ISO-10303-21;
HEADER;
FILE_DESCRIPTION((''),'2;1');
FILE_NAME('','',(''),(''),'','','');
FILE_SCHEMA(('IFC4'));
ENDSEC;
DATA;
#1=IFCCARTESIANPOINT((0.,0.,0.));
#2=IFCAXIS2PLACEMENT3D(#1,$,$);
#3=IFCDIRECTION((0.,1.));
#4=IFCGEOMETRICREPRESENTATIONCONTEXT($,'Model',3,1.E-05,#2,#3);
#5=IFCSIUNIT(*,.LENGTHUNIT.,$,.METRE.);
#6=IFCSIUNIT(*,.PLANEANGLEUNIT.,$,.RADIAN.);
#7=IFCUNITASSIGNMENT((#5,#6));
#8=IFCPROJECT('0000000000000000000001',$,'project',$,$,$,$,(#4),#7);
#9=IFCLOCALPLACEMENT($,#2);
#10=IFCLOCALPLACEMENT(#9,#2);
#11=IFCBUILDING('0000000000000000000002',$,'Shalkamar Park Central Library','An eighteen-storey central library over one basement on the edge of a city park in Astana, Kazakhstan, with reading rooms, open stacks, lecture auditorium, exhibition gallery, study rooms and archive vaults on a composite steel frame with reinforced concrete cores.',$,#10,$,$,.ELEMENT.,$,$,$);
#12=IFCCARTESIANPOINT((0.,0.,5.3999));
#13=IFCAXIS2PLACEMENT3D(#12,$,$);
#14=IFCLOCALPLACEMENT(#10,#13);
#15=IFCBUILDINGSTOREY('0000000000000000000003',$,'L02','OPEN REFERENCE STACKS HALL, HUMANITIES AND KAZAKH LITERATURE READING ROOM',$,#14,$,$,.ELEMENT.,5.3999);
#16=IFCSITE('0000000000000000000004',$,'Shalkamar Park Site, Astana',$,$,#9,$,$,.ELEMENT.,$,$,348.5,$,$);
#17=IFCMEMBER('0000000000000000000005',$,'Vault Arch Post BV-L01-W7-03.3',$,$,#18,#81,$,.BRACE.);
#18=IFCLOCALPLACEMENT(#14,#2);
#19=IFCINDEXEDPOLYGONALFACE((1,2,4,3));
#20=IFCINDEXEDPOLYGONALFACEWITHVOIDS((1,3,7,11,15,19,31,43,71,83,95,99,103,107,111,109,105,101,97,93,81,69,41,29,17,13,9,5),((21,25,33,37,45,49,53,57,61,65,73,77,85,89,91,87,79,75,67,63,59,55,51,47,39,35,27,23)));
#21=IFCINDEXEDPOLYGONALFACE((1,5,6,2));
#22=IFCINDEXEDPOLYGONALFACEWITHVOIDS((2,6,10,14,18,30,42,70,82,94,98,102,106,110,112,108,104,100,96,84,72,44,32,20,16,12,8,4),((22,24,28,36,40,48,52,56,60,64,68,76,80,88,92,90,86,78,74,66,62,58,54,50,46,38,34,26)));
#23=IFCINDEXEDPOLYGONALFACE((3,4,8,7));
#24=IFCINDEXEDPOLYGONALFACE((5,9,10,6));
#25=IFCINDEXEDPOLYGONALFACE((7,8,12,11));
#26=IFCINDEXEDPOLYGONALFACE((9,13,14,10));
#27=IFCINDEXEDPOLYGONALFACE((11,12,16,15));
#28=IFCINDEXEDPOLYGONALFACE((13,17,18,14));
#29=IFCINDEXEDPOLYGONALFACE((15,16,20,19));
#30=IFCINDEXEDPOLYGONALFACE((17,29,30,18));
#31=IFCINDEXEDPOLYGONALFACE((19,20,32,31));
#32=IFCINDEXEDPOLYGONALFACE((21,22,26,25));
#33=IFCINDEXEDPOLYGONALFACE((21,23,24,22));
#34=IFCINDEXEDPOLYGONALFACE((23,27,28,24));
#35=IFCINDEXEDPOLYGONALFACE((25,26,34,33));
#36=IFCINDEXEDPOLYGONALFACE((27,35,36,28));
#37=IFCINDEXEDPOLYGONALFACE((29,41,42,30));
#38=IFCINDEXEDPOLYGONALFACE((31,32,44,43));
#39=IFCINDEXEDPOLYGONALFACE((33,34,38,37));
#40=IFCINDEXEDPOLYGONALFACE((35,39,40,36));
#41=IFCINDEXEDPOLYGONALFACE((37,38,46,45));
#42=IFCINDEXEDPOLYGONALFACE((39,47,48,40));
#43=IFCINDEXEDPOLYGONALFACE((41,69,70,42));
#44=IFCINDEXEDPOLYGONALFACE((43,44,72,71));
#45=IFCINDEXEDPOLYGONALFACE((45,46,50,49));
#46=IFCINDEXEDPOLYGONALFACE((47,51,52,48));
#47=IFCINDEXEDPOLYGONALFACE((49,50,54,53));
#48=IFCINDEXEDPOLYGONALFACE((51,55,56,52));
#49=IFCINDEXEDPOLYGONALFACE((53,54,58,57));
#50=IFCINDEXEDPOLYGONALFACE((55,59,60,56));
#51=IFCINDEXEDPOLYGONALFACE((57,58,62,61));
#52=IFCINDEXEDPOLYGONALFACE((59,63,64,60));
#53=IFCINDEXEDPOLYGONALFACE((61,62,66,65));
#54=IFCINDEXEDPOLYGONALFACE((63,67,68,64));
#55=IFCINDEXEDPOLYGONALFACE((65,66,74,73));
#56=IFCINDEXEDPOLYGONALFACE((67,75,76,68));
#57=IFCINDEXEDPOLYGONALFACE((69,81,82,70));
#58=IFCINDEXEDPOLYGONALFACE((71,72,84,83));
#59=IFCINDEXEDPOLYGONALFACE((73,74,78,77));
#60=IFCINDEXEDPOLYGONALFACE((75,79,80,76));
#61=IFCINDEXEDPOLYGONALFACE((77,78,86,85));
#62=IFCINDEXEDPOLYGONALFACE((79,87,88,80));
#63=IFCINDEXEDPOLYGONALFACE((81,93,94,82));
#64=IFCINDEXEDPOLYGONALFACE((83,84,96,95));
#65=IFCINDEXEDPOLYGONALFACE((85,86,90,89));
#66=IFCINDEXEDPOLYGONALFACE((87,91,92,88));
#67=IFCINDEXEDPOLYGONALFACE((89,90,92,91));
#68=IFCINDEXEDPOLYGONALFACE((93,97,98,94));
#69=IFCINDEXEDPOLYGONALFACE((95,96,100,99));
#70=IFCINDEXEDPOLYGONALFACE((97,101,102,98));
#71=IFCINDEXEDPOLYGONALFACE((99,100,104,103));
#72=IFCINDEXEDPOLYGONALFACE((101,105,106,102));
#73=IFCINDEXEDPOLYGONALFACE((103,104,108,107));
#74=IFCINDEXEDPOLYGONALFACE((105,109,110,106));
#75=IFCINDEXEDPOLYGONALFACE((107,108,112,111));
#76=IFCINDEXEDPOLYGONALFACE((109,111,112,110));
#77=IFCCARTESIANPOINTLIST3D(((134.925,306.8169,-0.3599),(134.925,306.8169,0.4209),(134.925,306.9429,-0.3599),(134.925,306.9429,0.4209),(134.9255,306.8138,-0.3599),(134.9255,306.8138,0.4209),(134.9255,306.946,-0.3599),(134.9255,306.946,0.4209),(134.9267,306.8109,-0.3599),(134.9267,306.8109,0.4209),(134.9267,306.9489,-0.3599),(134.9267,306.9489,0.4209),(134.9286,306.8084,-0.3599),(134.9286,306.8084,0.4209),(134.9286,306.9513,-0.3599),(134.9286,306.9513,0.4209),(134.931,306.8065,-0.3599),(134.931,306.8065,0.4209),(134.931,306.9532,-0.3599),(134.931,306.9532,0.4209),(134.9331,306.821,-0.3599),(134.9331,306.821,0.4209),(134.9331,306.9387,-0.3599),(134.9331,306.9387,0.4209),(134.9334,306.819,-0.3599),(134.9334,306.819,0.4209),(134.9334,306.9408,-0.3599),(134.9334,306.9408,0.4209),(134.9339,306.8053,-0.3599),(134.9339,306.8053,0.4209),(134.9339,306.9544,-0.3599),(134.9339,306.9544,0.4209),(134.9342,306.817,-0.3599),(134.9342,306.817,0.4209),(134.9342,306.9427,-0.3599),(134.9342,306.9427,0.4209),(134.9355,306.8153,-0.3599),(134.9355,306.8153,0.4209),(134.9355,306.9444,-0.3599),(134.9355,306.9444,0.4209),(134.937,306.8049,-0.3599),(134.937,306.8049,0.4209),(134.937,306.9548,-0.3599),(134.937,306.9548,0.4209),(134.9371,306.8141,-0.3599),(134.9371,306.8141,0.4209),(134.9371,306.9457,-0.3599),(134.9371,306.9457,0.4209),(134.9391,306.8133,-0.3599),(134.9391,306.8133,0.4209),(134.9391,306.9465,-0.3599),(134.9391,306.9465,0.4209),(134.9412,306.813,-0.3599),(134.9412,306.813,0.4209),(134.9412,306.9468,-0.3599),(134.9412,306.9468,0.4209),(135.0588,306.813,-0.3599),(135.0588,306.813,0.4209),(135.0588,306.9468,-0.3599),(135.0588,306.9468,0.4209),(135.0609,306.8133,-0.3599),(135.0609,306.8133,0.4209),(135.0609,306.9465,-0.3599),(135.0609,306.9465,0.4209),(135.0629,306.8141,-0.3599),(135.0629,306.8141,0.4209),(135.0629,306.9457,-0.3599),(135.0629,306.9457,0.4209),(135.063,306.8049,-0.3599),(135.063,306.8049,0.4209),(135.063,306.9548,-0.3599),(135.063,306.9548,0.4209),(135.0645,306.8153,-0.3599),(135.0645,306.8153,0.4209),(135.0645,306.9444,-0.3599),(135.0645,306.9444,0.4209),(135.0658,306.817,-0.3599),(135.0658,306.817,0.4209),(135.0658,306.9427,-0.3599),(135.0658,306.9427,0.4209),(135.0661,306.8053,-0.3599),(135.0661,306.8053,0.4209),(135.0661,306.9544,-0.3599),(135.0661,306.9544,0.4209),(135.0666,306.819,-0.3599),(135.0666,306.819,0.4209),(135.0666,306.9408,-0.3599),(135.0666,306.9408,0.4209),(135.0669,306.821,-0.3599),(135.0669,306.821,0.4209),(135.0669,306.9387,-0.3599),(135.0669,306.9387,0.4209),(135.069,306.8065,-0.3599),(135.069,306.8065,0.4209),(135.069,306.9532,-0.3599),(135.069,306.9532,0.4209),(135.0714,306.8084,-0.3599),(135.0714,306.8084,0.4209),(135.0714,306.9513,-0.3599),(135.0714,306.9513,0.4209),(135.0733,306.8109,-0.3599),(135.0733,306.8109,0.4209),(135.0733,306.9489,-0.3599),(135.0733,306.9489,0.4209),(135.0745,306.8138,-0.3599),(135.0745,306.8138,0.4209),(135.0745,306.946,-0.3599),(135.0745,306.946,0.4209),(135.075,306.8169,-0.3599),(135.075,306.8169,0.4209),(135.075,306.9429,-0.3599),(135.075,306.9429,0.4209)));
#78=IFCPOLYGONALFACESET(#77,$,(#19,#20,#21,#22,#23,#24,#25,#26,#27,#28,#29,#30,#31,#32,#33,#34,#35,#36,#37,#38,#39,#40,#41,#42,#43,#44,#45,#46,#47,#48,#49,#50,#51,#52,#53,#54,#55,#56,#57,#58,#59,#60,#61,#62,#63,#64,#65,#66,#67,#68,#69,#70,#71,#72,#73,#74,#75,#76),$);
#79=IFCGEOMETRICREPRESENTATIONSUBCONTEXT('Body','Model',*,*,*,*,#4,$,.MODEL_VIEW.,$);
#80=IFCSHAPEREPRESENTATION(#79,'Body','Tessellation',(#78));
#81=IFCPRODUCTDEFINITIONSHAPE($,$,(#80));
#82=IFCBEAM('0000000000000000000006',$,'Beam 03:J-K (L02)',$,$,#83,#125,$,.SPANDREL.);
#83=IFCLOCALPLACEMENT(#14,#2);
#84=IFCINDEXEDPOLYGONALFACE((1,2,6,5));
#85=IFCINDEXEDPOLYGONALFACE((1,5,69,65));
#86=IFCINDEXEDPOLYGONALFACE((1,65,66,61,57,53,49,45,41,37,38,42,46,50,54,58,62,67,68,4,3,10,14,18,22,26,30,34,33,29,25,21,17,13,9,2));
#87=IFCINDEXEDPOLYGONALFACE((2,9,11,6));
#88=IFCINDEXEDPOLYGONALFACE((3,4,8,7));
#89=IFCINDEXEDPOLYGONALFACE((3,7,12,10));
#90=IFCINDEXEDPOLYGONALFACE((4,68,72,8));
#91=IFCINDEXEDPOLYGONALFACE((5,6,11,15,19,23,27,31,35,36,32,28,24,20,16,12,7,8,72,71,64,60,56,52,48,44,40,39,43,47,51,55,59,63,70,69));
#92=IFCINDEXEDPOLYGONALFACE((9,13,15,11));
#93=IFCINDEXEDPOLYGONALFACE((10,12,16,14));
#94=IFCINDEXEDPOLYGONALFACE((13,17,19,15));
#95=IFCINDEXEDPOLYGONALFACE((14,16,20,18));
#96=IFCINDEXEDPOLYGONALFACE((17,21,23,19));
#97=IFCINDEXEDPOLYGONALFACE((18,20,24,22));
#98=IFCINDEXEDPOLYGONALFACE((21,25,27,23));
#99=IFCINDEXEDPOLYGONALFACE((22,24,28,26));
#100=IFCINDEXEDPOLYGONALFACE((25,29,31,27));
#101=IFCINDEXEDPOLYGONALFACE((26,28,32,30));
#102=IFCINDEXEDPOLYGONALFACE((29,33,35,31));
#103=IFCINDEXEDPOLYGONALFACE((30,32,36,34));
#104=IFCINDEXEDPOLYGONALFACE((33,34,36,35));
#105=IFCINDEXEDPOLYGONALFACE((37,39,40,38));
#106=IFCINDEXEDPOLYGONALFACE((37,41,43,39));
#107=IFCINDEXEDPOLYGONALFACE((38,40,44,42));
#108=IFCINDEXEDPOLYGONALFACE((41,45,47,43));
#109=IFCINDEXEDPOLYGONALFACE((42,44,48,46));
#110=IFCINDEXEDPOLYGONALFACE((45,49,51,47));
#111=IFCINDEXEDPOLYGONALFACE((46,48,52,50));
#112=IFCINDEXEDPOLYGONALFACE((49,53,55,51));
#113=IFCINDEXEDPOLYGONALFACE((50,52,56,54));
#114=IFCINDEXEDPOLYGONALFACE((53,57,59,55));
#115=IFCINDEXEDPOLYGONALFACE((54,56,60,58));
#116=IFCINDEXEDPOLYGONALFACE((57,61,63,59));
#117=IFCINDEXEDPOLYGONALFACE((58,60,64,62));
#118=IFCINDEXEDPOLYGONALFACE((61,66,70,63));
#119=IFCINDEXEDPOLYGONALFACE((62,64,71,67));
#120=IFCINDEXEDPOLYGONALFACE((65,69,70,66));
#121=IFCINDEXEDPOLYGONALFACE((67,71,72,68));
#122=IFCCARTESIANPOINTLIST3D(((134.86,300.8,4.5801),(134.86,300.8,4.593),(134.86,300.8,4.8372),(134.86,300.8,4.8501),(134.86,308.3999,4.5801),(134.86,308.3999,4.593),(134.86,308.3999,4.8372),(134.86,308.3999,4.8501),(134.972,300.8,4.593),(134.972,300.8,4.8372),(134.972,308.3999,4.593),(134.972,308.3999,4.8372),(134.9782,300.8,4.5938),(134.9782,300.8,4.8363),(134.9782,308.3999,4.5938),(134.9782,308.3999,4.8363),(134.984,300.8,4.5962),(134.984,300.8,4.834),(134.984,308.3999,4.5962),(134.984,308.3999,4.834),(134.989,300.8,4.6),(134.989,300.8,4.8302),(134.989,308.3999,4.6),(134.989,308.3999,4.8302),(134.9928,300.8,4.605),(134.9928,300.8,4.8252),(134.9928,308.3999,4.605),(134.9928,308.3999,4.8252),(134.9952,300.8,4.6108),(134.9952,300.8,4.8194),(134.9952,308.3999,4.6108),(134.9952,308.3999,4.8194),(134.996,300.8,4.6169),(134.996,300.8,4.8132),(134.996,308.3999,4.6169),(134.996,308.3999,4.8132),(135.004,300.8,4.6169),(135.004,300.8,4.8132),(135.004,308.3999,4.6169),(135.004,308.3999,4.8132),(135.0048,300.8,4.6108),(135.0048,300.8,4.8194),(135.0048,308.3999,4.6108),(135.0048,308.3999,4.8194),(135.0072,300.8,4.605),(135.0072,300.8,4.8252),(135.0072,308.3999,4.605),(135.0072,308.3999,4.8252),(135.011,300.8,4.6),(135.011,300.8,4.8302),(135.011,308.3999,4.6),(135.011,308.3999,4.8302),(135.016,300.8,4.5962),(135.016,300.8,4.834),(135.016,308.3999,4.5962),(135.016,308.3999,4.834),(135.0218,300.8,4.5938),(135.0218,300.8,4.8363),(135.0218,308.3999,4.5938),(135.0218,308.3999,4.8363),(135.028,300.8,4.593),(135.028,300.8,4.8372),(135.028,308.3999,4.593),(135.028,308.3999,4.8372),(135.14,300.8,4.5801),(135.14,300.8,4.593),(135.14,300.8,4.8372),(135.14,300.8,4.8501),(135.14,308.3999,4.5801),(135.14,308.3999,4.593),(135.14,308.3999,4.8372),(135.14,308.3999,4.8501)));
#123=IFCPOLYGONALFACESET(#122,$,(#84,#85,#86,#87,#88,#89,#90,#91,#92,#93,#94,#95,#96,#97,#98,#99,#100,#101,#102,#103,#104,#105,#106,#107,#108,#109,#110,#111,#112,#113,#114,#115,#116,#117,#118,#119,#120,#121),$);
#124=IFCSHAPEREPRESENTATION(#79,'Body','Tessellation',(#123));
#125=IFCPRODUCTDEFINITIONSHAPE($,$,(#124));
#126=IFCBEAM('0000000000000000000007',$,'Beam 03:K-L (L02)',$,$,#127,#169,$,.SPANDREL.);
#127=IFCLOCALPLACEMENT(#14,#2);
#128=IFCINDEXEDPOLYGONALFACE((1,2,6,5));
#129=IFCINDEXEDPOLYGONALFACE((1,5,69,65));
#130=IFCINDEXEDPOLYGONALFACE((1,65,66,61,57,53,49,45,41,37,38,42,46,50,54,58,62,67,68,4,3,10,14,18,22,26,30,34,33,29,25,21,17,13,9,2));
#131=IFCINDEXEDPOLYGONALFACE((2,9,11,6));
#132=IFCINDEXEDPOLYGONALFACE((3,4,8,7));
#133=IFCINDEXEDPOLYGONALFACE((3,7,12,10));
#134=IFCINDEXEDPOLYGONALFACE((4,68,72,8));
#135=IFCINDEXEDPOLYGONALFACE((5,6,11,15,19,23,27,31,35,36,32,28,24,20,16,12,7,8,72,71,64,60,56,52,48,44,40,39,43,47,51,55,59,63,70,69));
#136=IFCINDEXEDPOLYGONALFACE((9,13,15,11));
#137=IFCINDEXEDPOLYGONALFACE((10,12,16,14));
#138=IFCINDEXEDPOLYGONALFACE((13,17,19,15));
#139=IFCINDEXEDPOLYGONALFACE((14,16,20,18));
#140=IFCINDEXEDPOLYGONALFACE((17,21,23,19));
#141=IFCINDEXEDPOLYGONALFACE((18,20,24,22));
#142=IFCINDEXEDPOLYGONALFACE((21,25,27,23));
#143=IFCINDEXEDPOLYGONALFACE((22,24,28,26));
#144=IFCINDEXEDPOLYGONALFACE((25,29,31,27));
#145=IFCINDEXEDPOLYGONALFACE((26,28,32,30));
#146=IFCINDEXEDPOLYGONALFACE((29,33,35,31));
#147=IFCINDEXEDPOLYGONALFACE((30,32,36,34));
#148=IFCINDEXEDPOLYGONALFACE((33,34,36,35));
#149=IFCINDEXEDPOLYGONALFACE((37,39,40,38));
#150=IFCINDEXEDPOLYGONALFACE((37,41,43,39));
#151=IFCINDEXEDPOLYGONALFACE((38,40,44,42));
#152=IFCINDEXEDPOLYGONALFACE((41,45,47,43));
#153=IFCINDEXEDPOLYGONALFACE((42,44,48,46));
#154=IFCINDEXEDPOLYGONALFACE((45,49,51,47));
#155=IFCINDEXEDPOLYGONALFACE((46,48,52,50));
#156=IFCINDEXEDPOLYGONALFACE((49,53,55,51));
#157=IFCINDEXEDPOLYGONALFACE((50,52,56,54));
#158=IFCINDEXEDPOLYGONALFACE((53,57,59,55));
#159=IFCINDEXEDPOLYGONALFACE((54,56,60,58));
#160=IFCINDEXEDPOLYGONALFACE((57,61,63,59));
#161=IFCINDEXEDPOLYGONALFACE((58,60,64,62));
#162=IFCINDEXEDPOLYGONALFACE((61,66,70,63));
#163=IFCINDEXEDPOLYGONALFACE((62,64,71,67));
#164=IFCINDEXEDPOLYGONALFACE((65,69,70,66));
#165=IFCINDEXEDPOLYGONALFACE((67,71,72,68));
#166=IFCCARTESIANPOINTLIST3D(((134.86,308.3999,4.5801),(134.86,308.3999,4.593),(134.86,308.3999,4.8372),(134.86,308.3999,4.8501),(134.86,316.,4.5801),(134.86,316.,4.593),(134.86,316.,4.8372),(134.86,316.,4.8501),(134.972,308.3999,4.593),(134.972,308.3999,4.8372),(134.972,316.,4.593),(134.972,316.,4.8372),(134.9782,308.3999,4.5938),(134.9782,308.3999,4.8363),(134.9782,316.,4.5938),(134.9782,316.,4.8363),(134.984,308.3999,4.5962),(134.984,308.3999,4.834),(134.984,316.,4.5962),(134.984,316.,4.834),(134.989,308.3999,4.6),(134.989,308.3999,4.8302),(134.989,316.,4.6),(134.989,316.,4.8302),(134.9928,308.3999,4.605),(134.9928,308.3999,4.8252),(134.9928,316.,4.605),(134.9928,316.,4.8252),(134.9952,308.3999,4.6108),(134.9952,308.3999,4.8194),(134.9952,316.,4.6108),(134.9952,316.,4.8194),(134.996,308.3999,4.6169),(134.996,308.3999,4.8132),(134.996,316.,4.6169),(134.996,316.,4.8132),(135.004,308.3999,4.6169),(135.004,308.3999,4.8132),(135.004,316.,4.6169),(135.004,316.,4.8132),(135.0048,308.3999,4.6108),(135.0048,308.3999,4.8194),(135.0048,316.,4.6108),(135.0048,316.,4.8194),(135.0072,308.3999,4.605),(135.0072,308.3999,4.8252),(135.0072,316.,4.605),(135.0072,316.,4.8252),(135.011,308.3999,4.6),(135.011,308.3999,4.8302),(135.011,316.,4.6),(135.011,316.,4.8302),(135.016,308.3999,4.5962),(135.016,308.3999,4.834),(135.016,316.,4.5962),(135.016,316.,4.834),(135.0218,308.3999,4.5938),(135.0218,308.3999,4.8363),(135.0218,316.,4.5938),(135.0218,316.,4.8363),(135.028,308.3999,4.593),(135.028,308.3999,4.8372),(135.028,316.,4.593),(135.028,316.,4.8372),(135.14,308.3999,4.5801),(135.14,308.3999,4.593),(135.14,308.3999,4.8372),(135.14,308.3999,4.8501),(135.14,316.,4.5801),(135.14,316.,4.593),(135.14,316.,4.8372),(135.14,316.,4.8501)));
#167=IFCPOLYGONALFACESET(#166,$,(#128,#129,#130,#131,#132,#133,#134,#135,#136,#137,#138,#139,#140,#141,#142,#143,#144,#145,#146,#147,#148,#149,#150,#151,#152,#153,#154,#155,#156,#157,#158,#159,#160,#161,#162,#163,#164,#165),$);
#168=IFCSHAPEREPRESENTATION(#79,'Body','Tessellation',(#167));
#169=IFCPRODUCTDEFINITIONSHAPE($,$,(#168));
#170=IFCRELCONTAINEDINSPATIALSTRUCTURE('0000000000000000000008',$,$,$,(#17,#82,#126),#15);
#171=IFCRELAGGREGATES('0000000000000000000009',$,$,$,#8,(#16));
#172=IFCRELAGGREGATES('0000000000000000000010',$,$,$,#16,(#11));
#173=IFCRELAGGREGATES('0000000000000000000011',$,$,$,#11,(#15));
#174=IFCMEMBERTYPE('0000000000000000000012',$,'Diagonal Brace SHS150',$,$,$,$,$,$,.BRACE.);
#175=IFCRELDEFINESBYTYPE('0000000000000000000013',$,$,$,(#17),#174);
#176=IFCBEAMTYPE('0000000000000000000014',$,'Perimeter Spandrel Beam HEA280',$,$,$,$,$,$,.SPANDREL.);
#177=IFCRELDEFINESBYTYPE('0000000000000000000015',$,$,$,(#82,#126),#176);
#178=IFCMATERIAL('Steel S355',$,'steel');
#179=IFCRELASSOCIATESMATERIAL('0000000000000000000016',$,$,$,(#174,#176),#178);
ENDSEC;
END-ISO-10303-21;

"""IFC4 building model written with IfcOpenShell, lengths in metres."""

from ifc_helpers import new_model, si_unit, direction, frame, origin, origin_2d, place, context, subcontext, project, spatial, hollow_rectangle, i_section, extrude, material, material_profile, profile_set, type_object, element, save


model = new_model("IFC4")

# Units and contexts
model_context = context("Model", 3, precision=1e-05, world=origin(), true_north=direction((0.0, 1.0)))
body_context = subcontext(model_context, "Body", "Model", "MODEL_VIEW")
ifc_project = project(units=[si_unit("LENGTHUNIT", "METRE"), si_unit("PLANEANGLEUNIT", "RADIAN")], contexts=[model_context])

# Site, building, storey
site_placement = place(None, origin())
site = spatial("IfcSite", under=ifc_project, at=site_placement, Name="Shalkamar Park Site, Astana", CompositionType="ELEMENT", RefElevation=348.5)
building_placement = place(site_placement, origin())
building = spatial("IfcBuilding", under=site, at=building_placement, Name="Shalkamar Park Central Library", Description="An eighteen-storey central library over one basement on the edge of a city park in Astana, Kazakhstan, with reading rooms, open stacks, lecture auditorium, exhibition gallery, study rooms and archive vaults on a composite steel frame with reinforced concrete cores.", CompositionType="ELEMENT")
storey_placement = place(building_placement, frame((0.0, 0.0, 5.3999)))
storey = spatial("IfcBuildingStorey", under=building, at=storey_placement, Name="L02", Description="OPEN REFERENCE STACKS HALL, HUMANITIES AND KAZAKH LITERATURE READING ROOM", CompositionType="ELEMENT", Elevation=5.3999)

# Shared definitions
ifc_material_1 = material(Name="Steel S355", Category="steel")

# Member
ifc_material_profile_1 = material_profile(ifc_material_1, hollow_rectangle(XDim=0.1499, YDim=0.1499, WallThickness=0.0081, InnerFilletRadius=0.0081, OuterFilletRadius=0.012, at=origin_2d()), Name="SHS 150x150x8")
ifc_profile_set_1 = profile_set([ifc_material_profile_1], Name="Steel S355")
member_type_1 = type_object("IfcMemberType", Name="Diagonal Brace SHS150", PredefinedType="BRACE", material=ifc_profile_set_1)
member_1_placement = place(storey_placement, frame((135.0, 306.8799, -0.3599), z_axis=(0.0, 0.0, 1.0), x_axis=(1.0, 0.0, 0.0)))
element("IfcMember", 1, at=member_1_placement, inside=storey, type_object=member_type_1, Name="Vault Arch Post BV-L01-W7-03.3", PredefinedType="BRACE", context=body_context, shape_type="SweptSolid", body=[
    extrude(hollow_rectangle(XDim=0.1499, YDim=0.1499, WallThickness=0.0081, InnerFilletRadius=0.0081, OuterFilletRadius=0.012, at=origin_2d()), origin(), (0.0, 0.0, 1.0), 0.7808),
])

# Beams
ifc_material_profile_2 = material_profile(ifc_material_1, i_section(OverallWidth=0.28, OverallDepth=0.27, WebThickness=0.0081, FlangeThickness=0.0129, FilletRadius=0.0239, at=origin_2d()), Name="HEA 280")
ifc_profile_set_2 = profile_set([ifc_material_profile_2], Name="Steel S355")
beam_type_1 = type_object("IfcBeamType", Name="Perimeter Spandrel Beam HEA280", PredefinedType="SPANDREL", material=ifc_profile_set_2)
beam_placement = place(storey_placement, frame((135.0, 300.8, 4.7151), z_axis=(0.0, 1.0, 0.0), x_axis=(-1.0, 0.0, 0.0)))
element("IfcBeam", 2, at=beam_placement, inside=storey, type_object=beam_type_1, Name="Beam 03:J-K (L02)", PredefinedType="SPANDREL", context=body_context, shape_type="SweptSolid", body=[
    extrude(i_section(OverallWidth=0.28, OverallDepth=0.27, WebThickness=0.0081, FlangeThickness=0.0129, FilletRadius=0.0239, at=origin_2d()), origin(), (0.0, 0.0, 1.0), 7.5999),
])
for number, where, z_axis, x_axis, name in (
    (3, (135.0, 308.3999, 4.7151), (0.0, 1.0, 0.0), (-1.0, 0.0, 0.0), "Beam 03:K-L (L02)"),
):
    element("IfcBeam", number, at=place(storey_placement, frame(where, z_axis=z_axis, x_axis=x_axis)), inside=storey, type_object=beam_type_1, Name=name, PredefinedType="SPANDREL", context=body_context, shape_type="SweptSolid", body=[
        extrude(i_section(OverallWidth=0.28, OverallDepth=0.27, WebThickness=0.0081, FlangeThickness=0.0129, FilletRadius=0.0239, at=origin_2d()), origin(), (0.0, 0.0, 1.0), 7.6001),
    ])

save(model, "model.ifc")
